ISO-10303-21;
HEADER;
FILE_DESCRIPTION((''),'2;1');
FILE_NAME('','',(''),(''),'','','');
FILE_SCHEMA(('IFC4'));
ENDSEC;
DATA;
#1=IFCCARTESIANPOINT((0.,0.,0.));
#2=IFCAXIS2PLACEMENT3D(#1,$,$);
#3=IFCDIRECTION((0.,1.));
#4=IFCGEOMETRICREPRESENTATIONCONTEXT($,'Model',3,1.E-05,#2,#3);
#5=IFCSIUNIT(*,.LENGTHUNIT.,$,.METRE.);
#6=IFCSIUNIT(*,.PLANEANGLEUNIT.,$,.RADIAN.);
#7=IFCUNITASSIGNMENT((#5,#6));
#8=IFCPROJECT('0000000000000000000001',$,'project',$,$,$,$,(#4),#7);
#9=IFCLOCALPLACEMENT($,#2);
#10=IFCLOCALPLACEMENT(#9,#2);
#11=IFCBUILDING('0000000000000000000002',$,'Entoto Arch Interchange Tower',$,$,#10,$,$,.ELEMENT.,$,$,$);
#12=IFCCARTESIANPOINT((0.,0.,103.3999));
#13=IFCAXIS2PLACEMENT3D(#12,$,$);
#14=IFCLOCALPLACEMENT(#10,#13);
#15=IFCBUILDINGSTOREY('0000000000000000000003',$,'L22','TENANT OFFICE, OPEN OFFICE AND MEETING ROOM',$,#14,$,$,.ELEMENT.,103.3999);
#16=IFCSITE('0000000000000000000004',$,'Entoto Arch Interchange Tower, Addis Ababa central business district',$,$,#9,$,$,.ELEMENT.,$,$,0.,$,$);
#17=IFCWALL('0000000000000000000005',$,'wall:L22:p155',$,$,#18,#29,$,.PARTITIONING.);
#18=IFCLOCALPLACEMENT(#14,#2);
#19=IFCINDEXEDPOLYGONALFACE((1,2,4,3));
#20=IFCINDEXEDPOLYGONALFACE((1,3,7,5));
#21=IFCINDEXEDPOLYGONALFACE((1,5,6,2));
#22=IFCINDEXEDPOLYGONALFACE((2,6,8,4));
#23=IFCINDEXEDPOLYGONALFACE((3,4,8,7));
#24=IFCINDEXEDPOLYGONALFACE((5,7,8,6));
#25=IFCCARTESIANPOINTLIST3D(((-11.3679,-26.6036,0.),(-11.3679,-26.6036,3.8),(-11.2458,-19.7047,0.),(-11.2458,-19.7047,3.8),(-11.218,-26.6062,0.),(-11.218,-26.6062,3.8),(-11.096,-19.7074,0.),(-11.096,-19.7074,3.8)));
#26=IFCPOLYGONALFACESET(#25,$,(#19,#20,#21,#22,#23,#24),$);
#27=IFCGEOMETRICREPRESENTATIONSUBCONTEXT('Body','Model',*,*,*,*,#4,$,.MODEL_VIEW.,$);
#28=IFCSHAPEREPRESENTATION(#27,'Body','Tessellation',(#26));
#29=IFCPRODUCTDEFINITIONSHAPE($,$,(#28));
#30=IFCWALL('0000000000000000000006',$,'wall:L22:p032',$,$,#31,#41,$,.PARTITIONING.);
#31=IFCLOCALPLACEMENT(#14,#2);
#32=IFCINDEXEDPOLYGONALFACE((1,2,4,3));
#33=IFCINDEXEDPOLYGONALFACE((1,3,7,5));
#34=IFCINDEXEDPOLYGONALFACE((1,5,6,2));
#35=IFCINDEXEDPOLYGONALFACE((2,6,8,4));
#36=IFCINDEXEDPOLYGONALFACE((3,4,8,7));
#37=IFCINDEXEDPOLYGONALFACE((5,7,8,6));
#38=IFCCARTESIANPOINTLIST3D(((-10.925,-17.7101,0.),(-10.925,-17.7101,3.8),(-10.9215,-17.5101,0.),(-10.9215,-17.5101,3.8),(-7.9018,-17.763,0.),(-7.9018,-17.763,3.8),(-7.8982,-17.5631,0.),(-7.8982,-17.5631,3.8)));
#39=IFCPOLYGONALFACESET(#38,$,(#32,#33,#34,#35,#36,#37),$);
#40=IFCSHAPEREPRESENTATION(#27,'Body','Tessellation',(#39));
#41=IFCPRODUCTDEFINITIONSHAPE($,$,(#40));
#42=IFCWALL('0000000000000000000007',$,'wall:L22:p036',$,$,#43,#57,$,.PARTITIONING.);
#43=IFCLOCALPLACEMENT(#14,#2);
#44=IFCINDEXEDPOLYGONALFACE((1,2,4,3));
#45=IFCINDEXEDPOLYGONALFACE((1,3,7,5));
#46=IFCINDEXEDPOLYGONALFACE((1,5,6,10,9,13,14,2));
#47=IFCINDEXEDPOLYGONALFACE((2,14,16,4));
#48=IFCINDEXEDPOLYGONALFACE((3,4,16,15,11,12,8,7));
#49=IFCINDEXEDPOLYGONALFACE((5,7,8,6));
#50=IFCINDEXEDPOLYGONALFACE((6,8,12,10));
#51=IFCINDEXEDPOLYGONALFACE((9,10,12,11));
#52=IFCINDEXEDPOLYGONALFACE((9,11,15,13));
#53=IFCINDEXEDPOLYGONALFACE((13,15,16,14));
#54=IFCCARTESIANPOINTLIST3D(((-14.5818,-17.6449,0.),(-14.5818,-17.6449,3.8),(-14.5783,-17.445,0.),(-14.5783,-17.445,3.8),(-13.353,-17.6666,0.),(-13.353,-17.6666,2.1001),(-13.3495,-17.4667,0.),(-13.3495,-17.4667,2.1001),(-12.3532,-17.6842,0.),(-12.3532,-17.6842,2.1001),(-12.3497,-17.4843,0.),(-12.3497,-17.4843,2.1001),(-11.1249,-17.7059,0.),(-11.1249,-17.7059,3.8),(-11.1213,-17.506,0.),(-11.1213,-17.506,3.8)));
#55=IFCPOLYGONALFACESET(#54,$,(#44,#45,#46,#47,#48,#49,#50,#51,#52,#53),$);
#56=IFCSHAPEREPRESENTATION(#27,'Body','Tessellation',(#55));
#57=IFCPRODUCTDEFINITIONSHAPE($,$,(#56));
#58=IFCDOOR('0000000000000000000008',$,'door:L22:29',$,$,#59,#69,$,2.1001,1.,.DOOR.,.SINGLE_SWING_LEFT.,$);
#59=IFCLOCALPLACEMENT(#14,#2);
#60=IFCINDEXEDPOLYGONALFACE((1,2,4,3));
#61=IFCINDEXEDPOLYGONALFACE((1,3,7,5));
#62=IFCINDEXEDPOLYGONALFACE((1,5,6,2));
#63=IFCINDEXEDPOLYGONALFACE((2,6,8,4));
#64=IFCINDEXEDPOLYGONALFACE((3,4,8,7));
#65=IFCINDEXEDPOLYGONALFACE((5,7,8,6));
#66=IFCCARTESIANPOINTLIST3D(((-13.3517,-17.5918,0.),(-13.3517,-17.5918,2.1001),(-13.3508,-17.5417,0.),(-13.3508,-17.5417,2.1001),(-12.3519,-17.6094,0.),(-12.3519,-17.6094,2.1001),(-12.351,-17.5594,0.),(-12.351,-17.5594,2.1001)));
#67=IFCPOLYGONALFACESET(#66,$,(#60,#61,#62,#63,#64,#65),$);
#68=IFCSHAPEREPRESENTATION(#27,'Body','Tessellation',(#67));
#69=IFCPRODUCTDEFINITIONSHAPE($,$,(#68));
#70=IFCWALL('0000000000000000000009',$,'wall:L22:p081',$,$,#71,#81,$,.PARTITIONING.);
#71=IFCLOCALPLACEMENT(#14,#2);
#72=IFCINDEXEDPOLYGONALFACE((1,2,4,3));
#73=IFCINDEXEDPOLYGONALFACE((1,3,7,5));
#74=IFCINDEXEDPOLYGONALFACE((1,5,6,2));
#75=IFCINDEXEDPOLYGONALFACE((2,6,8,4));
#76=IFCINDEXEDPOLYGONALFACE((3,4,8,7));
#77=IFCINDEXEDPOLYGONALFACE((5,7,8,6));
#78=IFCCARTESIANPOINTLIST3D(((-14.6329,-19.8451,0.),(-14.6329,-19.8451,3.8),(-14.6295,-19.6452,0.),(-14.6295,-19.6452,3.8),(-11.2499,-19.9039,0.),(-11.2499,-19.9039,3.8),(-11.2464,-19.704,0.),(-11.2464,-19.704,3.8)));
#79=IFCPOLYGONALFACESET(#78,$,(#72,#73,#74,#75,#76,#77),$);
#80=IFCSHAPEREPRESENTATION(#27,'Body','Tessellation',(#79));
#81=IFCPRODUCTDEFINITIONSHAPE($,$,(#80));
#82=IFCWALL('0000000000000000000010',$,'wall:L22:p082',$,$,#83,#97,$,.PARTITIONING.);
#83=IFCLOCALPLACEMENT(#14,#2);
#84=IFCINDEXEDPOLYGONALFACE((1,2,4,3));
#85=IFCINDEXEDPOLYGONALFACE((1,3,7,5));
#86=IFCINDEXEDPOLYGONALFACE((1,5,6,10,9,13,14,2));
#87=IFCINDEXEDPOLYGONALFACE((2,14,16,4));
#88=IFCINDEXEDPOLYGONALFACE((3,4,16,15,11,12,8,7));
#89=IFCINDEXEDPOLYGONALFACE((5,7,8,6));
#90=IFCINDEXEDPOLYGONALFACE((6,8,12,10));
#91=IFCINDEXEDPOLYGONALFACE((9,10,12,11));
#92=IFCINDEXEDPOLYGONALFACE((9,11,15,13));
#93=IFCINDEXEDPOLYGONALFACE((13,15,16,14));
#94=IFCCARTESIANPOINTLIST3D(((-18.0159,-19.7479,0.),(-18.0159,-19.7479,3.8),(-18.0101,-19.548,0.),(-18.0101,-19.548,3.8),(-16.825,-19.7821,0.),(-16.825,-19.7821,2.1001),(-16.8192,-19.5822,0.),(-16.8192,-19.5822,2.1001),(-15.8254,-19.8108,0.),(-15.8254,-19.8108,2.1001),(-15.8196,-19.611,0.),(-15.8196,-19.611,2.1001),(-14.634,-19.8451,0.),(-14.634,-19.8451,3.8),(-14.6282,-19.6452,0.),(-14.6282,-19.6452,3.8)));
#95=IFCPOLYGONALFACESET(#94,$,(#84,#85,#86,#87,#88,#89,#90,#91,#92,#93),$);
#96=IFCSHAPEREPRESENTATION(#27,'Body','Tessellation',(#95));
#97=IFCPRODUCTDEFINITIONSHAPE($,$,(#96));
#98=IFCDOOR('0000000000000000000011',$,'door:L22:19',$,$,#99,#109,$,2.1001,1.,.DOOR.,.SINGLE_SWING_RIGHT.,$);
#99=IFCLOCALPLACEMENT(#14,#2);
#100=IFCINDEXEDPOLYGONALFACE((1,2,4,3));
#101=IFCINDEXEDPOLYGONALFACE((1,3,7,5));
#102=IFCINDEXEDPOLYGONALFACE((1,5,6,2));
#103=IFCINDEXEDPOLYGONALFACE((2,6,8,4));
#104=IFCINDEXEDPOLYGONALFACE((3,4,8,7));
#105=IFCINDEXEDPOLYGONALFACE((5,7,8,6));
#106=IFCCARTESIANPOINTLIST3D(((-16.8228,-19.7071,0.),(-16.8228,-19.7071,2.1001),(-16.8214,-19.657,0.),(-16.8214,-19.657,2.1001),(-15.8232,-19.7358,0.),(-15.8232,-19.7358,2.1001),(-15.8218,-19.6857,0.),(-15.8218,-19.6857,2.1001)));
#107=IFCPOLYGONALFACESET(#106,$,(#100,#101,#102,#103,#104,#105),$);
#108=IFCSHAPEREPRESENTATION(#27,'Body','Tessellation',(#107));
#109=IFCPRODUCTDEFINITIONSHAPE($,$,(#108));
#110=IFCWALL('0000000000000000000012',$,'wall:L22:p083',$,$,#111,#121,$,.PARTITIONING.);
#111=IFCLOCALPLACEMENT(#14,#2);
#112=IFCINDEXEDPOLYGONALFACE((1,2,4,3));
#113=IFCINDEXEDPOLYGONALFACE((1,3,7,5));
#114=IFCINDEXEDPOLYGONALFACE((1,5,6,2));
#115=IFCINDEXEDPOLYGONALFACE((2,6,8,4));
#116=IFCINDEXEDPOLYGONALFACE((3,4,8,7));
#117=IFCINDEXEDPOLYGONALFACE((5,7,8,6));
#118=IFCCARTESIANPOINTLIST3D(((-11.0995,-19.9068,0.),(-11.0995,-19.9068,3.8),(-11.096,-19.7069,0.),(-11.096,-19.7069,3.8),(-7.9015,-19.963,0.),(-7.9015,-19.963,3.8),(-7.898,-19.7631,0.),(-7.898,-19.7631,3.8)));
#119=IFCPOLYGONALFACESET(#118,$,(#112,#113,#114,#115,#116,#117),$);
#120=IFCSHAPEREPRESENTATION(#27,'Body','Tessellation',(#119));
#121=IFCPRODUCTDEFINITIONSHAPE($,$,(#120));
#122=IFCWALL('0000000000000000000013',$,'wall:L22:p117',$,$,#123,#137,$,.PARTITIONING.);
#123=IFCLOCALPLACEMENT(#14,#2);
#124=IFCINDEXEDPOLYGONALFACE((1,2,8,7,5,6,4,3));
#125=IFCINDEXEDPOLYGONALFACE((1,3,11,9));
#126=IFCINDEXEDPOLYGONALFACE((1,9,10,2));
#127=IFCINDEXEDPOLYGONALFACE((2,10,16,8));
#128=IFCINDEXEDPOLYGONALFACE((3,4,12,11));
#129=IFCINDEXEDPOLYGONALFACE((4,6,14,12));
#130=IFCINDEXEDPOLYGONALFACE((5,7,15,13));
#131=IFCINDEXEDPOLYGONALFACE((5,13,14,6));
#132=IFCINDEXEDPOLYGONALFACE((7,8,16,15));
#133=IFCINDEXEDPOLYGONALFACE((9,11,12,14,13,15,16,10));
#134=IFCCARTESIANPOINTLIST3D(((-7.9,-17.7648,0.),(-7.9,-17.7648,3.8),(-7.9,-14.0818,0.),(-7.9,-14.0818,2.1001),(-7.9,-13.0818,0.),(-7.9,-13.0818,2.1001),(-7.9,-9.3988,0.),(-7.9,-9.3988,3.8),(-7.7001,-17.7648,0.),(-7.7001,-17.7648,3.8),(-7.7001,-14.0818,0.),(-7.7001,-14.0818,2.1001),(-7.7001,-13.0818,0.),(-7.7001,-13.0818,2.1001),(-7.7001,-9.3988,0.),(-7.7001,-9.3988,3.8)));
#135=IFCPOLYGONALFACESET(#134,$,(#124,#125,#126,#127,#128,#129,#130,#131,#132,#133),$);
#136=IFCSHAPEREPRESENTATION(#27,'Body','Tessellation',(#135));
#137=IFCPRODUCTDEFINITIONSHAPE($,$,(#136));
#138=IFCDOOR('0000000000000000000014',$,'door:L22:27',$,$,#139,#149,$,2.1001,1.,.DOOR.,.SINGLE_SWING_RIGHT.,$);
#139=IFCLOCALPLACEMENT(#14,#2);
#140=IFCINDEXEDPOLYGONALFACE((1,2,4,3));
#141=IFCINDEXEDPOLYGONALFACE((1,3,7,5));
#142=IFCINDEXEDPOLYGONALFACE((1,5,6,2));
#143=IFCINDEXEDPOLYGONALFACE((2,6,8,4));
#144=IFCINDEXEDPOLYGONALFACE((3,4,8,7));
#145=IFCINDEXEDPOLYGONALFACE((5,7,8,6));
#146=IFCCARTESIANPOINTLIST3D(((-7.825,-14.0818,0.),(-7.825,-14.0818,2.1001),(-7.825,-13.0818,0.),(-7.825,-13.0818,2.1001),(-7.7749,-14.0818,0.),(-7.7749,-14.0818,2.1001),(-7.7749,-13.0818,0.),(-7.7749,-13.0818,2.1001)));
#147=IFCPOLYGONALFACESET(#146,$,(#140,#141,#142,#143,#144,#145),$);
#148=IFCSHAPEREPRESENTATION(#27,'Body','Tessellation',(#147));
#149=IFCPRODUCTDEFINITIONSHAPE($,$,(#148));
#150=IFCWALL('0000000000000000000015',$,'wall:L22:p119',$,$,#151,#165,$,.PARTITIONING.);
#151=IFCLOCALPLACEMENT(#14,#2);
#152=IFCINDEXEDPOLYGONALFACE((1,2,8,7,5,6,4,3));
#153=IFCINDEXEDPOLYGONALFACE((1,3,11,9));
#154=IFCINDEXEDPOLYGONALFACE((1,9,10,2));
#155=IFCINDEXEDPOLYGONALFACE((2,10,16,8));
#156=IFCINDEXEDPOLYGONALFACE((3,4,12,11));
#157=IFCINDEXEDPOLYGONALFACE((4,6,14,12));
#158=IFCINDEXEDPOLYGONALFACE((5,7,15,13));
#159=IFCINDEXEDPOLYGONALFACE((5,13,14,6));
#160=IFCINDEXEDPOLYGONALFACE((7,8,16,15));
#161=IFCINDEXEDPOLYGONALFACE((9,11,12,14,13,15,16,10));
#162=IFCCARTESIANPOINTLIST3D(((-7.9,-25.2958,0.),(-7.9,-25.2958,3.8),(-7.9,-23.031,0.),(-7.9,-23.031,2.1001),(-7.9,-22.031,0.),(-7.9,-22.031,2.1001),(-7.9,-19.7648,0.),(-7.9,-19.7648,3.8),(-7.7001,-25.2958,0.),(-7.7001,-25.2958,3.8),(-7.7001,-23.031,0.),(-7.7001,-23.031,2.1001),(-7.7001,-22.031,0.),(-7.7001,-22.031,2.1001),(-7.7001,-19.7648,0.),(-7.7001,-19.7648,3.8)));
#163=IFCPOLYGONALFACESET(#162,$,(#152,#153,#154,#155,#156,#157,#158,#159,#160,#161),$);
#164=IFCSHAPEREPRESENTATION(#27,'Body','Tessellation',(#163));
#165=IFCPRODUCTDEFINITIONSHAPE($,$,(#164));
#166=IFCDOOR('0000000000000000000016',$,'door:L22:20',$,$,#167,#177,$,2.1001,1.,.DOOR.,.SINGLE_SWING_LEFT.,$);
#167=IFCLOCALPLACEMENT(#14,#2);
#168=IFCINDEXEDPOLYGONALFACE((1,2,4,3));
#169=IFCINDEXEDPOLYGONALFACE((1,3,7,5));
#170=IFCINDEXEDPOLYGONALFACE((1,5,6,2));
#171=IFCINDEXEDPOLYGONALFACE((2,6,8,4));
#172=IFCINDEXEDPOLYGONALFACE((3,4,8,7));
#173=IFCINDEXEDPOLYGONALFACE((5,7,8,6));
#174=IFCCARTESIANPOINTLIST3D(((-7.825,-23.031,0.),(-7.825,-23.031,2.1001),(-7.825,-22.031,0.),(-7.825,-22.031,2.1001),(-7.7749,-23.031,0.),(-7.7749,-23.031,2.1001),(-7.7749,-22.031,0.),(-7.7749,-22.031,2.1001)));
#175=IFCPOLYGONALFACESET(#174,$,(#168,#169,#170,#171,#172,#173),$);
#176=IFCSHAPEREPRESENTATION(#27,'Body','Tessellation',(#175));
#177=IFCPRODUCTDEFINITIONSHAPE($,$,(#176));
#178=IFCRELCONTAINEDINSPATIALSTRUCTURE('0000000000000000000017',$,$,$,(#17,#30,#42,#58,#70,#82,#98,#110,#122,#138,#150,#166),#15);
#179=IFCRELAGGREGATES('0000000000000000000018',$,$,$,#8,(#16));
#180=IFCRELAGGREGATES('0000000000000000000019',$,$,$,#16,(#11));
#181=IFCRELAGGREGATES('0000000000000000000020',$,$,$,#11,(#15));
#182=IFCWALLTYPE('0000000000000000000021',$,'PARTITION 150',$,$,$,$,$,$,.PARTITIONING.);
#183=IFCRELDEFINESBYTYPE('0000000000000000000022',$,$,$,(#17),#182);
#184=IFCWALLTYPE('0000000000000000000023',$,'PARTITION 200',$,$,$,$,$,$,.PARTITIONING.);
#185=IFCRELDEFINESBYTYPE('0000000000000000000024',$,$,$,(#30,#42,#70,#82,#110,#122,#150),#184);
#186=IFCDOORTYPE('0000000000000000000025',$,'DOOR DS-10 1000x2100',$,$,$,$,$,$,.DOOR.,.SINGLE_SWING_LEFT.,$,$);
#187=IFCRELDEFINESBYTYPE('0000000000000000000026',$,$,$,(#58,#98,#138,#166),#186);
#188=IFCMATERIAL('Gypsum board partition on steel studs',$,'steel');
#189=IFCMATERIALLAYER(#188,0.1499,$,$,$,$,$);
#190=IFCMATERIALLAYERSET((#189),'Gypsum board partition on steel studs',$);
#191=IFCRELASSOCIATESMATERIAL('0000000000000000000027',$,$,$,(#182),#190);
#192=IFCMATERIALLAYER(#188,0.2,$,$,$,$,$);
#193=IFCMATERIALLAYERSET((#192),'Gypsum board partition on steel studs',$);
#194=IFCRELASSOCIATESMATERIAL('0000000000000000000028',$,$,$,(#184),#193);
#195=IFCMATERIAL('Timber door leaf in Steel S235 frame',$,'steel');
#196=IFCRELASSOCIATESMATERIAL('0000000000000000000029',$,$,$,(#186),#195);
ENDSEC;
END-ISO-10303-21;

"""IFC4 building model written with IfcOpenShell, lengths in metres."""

from ifc_helpers import new_model, si_unit, direction, frame, frame_2d, origin, place, context, subcontext, project, spatial, rectangle, extrude, material, layer, layer_set, type_object, element, fill, save


model = new_model("IFC4")

# Units and contexts
model_context = context("Model", 3, precision=1e-05, world=origin(), true_north=direction((0.0, 1.0)))
body_context = subcontext(model_context, "Body", "Model", "MODEL_VIEW")
ifc_project = project(units=[si_unit("LENGTHUNIT", "METRE"), si_unit("PLANEANGLEUNIT", "RADIAN")], contexts=[model_context])

# Site, building, storey
site_placement = place(None, origin())
site = spatial("IfcSite", under=ifc_project, at=site_placement, Name="Entoto Arch Interchange Tower, Addis Ababa central business district", CompositionType="ELEMENT", RefElevation=0.0)
building_placement = place(site_placement, origin())
building = spatial("IfcBuilding", under=site, at=building_placement, Name="Entoto Arch Interchange Tower", CompositionType="ELEMENT")
storey_placement = place(building_placement, frame((0.0, 0.0, 103.3999)))
storey = spatial("IfcBuildingStorey", under=building, at=storey_placement, Name="L22", Description="TENANT OFFICE, OPEN OFFICE AND MEETING ROOM", CompositionType="ELEMENT", Elevation=103.3999)

# Walls
ifc_material_1 = material(Name="Gypsum board partition on steel studs", Category="steel")
ifc_layer_1 = layer(ifc_material_1, 0.1499)
ifc_layer_set_1 = layer_set([ifc_layer_1], Name="Gypsum board partition on steel studs")
wall_type_1 = type_object("IfcWallType", Name="PARTITION 150", PredefinedType="PARTITIONING", material=ifc_layer_set_1)
wall_1_placement = place(storey_placement, frame((-11.1709, -19.7061, 0.0), z_axis=(0.0, 0.0, 1.0), x_axis=(-0.017691, -0.999843, 0.0)))
element("IfcWall", 1, at=wall_1_placement, inside=storey, type_object=wall_type_1, Name="wall:L22:p155", PredefinedType="PARTITIONING", context=body_context, shape_type="SweptSolid", body=[
    extrude(rectangle(XDim=6.8999, YDim=0.1499, at=frame_2d((3.45, 0.0))), origin(), (0.0, 0.0, 1.0), 3.8),
])
ifc_layer_2 = layer(ifc_material_1, 0.2)
ifc_layer_set_2 = layer_set([ifc_layer_2], Name="Gypsum board partition on steel studs")
wall_type_2 = type_object("IfcWallType", Name="PARTITION 200", PredefinedType="PARTITIONING", material=ifc_layer_set_2)
wall_2_placement = place(storey_placement, frame((-10.9231, -17.6101, 0.0), z_axis=(0.0, 0.0, 1.0), x_axis=(0.999846, -0.017521, 0.0)))
element("IfcWall", 2, at=wall_2_placement, inside=storey, type_object=wall_type_2, Name="wall:L22:p032", PredefinedType="PARTITIONING", context=body_context, shape_type="SweptSolid", body=[
    extrude(rectangle(XDim=3.0237, YDim=0.2, at=frame_2d((1.5117, 0.0))), origin(), (0.0, 0.0, 1.0), 3.8),
])

# Wall, opening, door
wall_3_placement = place(storey_placement, frame((-14.5801, -17.5449, 0.0), z_axis=(0.0, 0.0, 1.0), x_axis=(0.999844, -0.017653, 0.0)))
wall_3 = element("IfcWall", 3, at=wall_3_placement, inside=storey, type_object=wall_type_2, Name="wall:L22:p036", PredefinedType="PARTITIONING", context=body_context, shape_type="SweptSolid", body=[
    extrude(rectangle(XDim=3.4575, YDim=0.2, at=frame_2d((1.7288, 0.0))), origin(), (0.0, 0.0, 1.0), 3.8),
])
opening_1_placement = place(wall_3_placement, frame((1.229, 0.0, 0.0)))
opening_1 = element("IfcOpeningElement", 4, at=opening_1_placement, cuts=wall_3, PredefinedType="OPENING", context=body_context, shape_type="SweptSolid", body=[
    extrude(rectangle(XDim=1.0, YDim=2.1001, at=frame_2d((0.5, 1.05))), frame((0.0, 0.1099, 0.0), z_axis=(0.0, -1.0, 0.0), x_axis=(1.0, 0.0, 0.0)), (0.0, 0.0, 1.0), 0.22),
])
ifc_material_2 = material(Name="Timber door leaf in Steel S235 frame", Category="steel")
door_type = type_object("IfcDoorType", Name="DOOR DS-10 1000x2100", OperationType="SINGLE_SWING_LEFT", PredefinedType="DOOR", material=ifc_material_2)
door_1_placement = place(opening_1_placement, origin())
door_1 = element("IfcDoor", 5, at=door_1_placement, inside=storey, type_object=door_type, Name="door:L22:29", OperationType="SINGLE_SWING_LEFT", OverallHeight=2.1001, OverallWidth=1.0, PredefinedType="DOOR", context=body_context, shape_type="SweptSolid", body=[
    extrude(rectangle(XDim=1.0, YDim=2.1001, at=frame_2d((0.5, 1.05))), frame((0.0, 0.0249, 0.0), z_axis=(0.0, -1.0, 0.0), x_axis=(1.0, 0.0, 0.0)), (0.0, 0.0, 1.0), 0.05),
])
fill(opening_1, door_1)

# Wall
wall_4_placement = place(storey_placement, frame((-11.248, -19.804, 0.0), z_axis=(0.0, 0.0, 1.0), x_axis=(-0.999849, 0.017389, 0.0)))
element("IfcWall", 6, at=wall_4_placement, inside=storey, type_object=wall_type_2, Name="wall:L22:p081", PredefinedType="PARTITIONING", context=body_context, shape_type="SweptSolid", body=[
    extrude(rectangle(XDim=3.3835, YDim=0.2, at=frame_2d((1.6919, 0.0))), origin(), (0.0, 0.0, 1.0), 3.8),
])

# Wall, opening, door
wall_5_placement = place(storey_placement, frame((-14.6311, -19.7451, 0.0), z_axis=(0.0, 0.0, 1.0), x_axis=(-0.999587, 0.02872, 0.0)))
wall_5 = element("IfcWall", 7, at=wall_5_placement, inside=storey, type_object=wall_type_2, Name="wall:L22:p082", PredefinedType="PARTITIONING", context=body_context, shape_type="SweptSolid", body=[
    extrude(rectangle(XDim=3.3833, YDim=0.2, at=frame_2d((1.6917, 0.0))), origin(), (0.0, 0.0, 1.0), 3.8),
])
opening_2_placement = place(wall_5_placement, frame((1.1919, 0.0, 0.0)))
opening_2 = element("IfcOpeningElement", 8, at=opening_2_placement, cuts=wall_5, PredefinedType="OPENING", context=body_context, shape_type="SweptSolid", body=[
    extrude(rectangle(XDim=1.0, YDim=2.1001, at=frame_2d((0.5, 1.05))), frame((0.0, 0.1099, 0.0), z_axis=(0.0, -1.0, 0.0), x_axis=(1.0, 0.0, 0.0)), (0.0, 0.0, 1.0), 0.22),
])
door_2_placement = place(opening_2_placement, origin())
door_2 = element("IfcDoor", 9, at=door_2_placement, inside=storey, type_object=door_type, Name="door:L22:19", OperationType="SINGLE_SWING_RIGHT", OverallHeight=2.1001, OverallWidth=1.0, PredefinedType="DOOR", context=body_context, shape_type="SweptSolid", body=[
    extrude(rectangle(XDim=1.0, YDim=2.1001, at=frame_2d((0.5, 1.05))), frame((0.0, 0.0249, 0.0), z_axis=(0.0, -1.0, 0.0), x_axis=(1.0, 0.0, 0.0)), (0.0, 0.0, 1.0), 0.05),
])
fill(opening_2, door_2)

# Wall
wall_6_placement = place(storey_placement, frame((-7.8999, -19.863, 0.0), z_axis=(0.0, 0.0, 1.0), x_axis=(-0.999846, 0.017556, 0.0)))
element("IfcWall", 10, at=wall_6_placement, inside=storey, type_object=wall_type_2, Name="wall:L22:p083", PredefinedType="PARTITIONING", context=body_context, shape_type="SweptSolid", body=[
    extrude(rectangle(XDim=3.1985, YDim=0.2, at=frame_2d((1.5991, 0.0))), origin(), (0.0, 0.0, 1.0), 3.8),
])

# Walls, openings, doors
wall_7_placement = place(storey_placement, frame((-7.8, -17.7649, 0.0), z_axis=(0.0, 0.0, 1.0), x_axis=(0.0, 1.0, 0.0)))
wall_7 = element("IfcWall", 11, at=wall_7_placement, inside=storey, type_object=wall_type_2, Name="wall:L22:p117", PredefinedType="PARTITIONING", context=body_context, shape_type="SweptSolid", body=[
    extrude(rectangle(XDim=8.366, YDim=0.2, at=frame_2d((4.1831, 0.0))), origin(), (0.0, 0.0, 1.0), 3.8),
])
opening_3_placement = place(wall_7_placement, frame((3.6831, 0.0, 0.0)))
opening_3 = element("IfcOpeningElement", 12, at=opening_3_placement, cuts=wall_7, PredefinedType="OPENING", context=body_context, shape_type="SweptSolid", body=[
    extrude(rectangle(XDim=1.0, YDim=2.1001, at=frame_2d((0.5, 1.05))), frame((0.0, 0.1099, 0.0), z_axis=(0.0, -1.0, 0.0), x_axis=(1.0, 0.0, 0.0)), (0.0, 0.0, 1.0), 0.22),
])
door_3_placement = place(opening_3_placement, origin())
door_3 = element("IfcDoor", 13, at=door_3_placement, inside=storey, type_object=door_type, Name="door:L22:27", OperationType="SINGLE_SWING_RIGHT", OverallHeight=2.1001, OverallWidth=1.0, PredefinedType="DOOR", context=body_context, shape_type="SweptSolid", body=[
    extrude(rectangle(XDim=1.0, YDim=2.1001, at=frame_2d((0.5, 1.05))), frame((0.0, 0.0249, 0.0), z_axis=(0.0, -1.0, 0.0), x_axis=(1.0, 0.0, 0.0)), (0.0, 0.0, 1.0), 0.05),
])
fill(opening_3, door_3)
wall_8_placement = place(storey_placement, frame((-7.8, -25.2959, 0.0), z_axis=(0.0, 0.0, 1.0), x_axis=(0.0, 1.0, 0.0)))
wall_8 = element("IfcWall", 14, at=wall_8_placement, inside=storey, type_object=wall_type_2, Name="wall:L22:p119", PredefinedType="PARTITIONING", context=body_context, shape_type="SweptSolid", body=[
    extrude(rectangle(XDim=5.531, YDim=0.2, at=frame_2d((2.7656, 0.0))), origin(), (0.0, 0.0, 1.0), 3.8),
])
opening_4_placement = place(wall_8_placement, frame((2.2649, 0.0, 0.0)))
opening_4 = element("IfcOpeningElement", 15, at=opening_4_placement, cuts=wall_8, PredefinedType="OPENING", context=body_context, shape_type="SweptSolid", body=[
    extrude(rectangle(XDim=1.0, YDim=2.1001, at=frame_2d((0.5, 1.05))), frame((0.0, 0.1099, 0.0), z_axis=(0.0, -1.0, 0.0), x_axis=(1.0, 0.0, 0.0)), (0.0, 0.0, 1.0), 0.22),
])
door_4_placement = place(opening_4_placement, origin())
door_4 = element("IfcDoor", 16, at=door_4_placement, inside=storey, type_object=door_type, Name="door:L22:20", OperationType="SINGLE_SWING_LEFT", OverallHeight=2.1001, OverallWidth=1.0, PredefinedType="DOOR", context=body_context, shape_type="SweptSolid", body=[
    extrude(rectangle(XDim=1.0, YDim=2.1001, at=frame_2d((0.5, 1.05))), frame((0.0, 0.0249, 0.0), z_axis=(0.0, -1.0, 0.0), x_axis=(1.0, 0.0, 0.0)), (0.0, 0.0, 1.0), 0.05),
])
fill(opening_4, door_4)

save(model, "model.ifc")
